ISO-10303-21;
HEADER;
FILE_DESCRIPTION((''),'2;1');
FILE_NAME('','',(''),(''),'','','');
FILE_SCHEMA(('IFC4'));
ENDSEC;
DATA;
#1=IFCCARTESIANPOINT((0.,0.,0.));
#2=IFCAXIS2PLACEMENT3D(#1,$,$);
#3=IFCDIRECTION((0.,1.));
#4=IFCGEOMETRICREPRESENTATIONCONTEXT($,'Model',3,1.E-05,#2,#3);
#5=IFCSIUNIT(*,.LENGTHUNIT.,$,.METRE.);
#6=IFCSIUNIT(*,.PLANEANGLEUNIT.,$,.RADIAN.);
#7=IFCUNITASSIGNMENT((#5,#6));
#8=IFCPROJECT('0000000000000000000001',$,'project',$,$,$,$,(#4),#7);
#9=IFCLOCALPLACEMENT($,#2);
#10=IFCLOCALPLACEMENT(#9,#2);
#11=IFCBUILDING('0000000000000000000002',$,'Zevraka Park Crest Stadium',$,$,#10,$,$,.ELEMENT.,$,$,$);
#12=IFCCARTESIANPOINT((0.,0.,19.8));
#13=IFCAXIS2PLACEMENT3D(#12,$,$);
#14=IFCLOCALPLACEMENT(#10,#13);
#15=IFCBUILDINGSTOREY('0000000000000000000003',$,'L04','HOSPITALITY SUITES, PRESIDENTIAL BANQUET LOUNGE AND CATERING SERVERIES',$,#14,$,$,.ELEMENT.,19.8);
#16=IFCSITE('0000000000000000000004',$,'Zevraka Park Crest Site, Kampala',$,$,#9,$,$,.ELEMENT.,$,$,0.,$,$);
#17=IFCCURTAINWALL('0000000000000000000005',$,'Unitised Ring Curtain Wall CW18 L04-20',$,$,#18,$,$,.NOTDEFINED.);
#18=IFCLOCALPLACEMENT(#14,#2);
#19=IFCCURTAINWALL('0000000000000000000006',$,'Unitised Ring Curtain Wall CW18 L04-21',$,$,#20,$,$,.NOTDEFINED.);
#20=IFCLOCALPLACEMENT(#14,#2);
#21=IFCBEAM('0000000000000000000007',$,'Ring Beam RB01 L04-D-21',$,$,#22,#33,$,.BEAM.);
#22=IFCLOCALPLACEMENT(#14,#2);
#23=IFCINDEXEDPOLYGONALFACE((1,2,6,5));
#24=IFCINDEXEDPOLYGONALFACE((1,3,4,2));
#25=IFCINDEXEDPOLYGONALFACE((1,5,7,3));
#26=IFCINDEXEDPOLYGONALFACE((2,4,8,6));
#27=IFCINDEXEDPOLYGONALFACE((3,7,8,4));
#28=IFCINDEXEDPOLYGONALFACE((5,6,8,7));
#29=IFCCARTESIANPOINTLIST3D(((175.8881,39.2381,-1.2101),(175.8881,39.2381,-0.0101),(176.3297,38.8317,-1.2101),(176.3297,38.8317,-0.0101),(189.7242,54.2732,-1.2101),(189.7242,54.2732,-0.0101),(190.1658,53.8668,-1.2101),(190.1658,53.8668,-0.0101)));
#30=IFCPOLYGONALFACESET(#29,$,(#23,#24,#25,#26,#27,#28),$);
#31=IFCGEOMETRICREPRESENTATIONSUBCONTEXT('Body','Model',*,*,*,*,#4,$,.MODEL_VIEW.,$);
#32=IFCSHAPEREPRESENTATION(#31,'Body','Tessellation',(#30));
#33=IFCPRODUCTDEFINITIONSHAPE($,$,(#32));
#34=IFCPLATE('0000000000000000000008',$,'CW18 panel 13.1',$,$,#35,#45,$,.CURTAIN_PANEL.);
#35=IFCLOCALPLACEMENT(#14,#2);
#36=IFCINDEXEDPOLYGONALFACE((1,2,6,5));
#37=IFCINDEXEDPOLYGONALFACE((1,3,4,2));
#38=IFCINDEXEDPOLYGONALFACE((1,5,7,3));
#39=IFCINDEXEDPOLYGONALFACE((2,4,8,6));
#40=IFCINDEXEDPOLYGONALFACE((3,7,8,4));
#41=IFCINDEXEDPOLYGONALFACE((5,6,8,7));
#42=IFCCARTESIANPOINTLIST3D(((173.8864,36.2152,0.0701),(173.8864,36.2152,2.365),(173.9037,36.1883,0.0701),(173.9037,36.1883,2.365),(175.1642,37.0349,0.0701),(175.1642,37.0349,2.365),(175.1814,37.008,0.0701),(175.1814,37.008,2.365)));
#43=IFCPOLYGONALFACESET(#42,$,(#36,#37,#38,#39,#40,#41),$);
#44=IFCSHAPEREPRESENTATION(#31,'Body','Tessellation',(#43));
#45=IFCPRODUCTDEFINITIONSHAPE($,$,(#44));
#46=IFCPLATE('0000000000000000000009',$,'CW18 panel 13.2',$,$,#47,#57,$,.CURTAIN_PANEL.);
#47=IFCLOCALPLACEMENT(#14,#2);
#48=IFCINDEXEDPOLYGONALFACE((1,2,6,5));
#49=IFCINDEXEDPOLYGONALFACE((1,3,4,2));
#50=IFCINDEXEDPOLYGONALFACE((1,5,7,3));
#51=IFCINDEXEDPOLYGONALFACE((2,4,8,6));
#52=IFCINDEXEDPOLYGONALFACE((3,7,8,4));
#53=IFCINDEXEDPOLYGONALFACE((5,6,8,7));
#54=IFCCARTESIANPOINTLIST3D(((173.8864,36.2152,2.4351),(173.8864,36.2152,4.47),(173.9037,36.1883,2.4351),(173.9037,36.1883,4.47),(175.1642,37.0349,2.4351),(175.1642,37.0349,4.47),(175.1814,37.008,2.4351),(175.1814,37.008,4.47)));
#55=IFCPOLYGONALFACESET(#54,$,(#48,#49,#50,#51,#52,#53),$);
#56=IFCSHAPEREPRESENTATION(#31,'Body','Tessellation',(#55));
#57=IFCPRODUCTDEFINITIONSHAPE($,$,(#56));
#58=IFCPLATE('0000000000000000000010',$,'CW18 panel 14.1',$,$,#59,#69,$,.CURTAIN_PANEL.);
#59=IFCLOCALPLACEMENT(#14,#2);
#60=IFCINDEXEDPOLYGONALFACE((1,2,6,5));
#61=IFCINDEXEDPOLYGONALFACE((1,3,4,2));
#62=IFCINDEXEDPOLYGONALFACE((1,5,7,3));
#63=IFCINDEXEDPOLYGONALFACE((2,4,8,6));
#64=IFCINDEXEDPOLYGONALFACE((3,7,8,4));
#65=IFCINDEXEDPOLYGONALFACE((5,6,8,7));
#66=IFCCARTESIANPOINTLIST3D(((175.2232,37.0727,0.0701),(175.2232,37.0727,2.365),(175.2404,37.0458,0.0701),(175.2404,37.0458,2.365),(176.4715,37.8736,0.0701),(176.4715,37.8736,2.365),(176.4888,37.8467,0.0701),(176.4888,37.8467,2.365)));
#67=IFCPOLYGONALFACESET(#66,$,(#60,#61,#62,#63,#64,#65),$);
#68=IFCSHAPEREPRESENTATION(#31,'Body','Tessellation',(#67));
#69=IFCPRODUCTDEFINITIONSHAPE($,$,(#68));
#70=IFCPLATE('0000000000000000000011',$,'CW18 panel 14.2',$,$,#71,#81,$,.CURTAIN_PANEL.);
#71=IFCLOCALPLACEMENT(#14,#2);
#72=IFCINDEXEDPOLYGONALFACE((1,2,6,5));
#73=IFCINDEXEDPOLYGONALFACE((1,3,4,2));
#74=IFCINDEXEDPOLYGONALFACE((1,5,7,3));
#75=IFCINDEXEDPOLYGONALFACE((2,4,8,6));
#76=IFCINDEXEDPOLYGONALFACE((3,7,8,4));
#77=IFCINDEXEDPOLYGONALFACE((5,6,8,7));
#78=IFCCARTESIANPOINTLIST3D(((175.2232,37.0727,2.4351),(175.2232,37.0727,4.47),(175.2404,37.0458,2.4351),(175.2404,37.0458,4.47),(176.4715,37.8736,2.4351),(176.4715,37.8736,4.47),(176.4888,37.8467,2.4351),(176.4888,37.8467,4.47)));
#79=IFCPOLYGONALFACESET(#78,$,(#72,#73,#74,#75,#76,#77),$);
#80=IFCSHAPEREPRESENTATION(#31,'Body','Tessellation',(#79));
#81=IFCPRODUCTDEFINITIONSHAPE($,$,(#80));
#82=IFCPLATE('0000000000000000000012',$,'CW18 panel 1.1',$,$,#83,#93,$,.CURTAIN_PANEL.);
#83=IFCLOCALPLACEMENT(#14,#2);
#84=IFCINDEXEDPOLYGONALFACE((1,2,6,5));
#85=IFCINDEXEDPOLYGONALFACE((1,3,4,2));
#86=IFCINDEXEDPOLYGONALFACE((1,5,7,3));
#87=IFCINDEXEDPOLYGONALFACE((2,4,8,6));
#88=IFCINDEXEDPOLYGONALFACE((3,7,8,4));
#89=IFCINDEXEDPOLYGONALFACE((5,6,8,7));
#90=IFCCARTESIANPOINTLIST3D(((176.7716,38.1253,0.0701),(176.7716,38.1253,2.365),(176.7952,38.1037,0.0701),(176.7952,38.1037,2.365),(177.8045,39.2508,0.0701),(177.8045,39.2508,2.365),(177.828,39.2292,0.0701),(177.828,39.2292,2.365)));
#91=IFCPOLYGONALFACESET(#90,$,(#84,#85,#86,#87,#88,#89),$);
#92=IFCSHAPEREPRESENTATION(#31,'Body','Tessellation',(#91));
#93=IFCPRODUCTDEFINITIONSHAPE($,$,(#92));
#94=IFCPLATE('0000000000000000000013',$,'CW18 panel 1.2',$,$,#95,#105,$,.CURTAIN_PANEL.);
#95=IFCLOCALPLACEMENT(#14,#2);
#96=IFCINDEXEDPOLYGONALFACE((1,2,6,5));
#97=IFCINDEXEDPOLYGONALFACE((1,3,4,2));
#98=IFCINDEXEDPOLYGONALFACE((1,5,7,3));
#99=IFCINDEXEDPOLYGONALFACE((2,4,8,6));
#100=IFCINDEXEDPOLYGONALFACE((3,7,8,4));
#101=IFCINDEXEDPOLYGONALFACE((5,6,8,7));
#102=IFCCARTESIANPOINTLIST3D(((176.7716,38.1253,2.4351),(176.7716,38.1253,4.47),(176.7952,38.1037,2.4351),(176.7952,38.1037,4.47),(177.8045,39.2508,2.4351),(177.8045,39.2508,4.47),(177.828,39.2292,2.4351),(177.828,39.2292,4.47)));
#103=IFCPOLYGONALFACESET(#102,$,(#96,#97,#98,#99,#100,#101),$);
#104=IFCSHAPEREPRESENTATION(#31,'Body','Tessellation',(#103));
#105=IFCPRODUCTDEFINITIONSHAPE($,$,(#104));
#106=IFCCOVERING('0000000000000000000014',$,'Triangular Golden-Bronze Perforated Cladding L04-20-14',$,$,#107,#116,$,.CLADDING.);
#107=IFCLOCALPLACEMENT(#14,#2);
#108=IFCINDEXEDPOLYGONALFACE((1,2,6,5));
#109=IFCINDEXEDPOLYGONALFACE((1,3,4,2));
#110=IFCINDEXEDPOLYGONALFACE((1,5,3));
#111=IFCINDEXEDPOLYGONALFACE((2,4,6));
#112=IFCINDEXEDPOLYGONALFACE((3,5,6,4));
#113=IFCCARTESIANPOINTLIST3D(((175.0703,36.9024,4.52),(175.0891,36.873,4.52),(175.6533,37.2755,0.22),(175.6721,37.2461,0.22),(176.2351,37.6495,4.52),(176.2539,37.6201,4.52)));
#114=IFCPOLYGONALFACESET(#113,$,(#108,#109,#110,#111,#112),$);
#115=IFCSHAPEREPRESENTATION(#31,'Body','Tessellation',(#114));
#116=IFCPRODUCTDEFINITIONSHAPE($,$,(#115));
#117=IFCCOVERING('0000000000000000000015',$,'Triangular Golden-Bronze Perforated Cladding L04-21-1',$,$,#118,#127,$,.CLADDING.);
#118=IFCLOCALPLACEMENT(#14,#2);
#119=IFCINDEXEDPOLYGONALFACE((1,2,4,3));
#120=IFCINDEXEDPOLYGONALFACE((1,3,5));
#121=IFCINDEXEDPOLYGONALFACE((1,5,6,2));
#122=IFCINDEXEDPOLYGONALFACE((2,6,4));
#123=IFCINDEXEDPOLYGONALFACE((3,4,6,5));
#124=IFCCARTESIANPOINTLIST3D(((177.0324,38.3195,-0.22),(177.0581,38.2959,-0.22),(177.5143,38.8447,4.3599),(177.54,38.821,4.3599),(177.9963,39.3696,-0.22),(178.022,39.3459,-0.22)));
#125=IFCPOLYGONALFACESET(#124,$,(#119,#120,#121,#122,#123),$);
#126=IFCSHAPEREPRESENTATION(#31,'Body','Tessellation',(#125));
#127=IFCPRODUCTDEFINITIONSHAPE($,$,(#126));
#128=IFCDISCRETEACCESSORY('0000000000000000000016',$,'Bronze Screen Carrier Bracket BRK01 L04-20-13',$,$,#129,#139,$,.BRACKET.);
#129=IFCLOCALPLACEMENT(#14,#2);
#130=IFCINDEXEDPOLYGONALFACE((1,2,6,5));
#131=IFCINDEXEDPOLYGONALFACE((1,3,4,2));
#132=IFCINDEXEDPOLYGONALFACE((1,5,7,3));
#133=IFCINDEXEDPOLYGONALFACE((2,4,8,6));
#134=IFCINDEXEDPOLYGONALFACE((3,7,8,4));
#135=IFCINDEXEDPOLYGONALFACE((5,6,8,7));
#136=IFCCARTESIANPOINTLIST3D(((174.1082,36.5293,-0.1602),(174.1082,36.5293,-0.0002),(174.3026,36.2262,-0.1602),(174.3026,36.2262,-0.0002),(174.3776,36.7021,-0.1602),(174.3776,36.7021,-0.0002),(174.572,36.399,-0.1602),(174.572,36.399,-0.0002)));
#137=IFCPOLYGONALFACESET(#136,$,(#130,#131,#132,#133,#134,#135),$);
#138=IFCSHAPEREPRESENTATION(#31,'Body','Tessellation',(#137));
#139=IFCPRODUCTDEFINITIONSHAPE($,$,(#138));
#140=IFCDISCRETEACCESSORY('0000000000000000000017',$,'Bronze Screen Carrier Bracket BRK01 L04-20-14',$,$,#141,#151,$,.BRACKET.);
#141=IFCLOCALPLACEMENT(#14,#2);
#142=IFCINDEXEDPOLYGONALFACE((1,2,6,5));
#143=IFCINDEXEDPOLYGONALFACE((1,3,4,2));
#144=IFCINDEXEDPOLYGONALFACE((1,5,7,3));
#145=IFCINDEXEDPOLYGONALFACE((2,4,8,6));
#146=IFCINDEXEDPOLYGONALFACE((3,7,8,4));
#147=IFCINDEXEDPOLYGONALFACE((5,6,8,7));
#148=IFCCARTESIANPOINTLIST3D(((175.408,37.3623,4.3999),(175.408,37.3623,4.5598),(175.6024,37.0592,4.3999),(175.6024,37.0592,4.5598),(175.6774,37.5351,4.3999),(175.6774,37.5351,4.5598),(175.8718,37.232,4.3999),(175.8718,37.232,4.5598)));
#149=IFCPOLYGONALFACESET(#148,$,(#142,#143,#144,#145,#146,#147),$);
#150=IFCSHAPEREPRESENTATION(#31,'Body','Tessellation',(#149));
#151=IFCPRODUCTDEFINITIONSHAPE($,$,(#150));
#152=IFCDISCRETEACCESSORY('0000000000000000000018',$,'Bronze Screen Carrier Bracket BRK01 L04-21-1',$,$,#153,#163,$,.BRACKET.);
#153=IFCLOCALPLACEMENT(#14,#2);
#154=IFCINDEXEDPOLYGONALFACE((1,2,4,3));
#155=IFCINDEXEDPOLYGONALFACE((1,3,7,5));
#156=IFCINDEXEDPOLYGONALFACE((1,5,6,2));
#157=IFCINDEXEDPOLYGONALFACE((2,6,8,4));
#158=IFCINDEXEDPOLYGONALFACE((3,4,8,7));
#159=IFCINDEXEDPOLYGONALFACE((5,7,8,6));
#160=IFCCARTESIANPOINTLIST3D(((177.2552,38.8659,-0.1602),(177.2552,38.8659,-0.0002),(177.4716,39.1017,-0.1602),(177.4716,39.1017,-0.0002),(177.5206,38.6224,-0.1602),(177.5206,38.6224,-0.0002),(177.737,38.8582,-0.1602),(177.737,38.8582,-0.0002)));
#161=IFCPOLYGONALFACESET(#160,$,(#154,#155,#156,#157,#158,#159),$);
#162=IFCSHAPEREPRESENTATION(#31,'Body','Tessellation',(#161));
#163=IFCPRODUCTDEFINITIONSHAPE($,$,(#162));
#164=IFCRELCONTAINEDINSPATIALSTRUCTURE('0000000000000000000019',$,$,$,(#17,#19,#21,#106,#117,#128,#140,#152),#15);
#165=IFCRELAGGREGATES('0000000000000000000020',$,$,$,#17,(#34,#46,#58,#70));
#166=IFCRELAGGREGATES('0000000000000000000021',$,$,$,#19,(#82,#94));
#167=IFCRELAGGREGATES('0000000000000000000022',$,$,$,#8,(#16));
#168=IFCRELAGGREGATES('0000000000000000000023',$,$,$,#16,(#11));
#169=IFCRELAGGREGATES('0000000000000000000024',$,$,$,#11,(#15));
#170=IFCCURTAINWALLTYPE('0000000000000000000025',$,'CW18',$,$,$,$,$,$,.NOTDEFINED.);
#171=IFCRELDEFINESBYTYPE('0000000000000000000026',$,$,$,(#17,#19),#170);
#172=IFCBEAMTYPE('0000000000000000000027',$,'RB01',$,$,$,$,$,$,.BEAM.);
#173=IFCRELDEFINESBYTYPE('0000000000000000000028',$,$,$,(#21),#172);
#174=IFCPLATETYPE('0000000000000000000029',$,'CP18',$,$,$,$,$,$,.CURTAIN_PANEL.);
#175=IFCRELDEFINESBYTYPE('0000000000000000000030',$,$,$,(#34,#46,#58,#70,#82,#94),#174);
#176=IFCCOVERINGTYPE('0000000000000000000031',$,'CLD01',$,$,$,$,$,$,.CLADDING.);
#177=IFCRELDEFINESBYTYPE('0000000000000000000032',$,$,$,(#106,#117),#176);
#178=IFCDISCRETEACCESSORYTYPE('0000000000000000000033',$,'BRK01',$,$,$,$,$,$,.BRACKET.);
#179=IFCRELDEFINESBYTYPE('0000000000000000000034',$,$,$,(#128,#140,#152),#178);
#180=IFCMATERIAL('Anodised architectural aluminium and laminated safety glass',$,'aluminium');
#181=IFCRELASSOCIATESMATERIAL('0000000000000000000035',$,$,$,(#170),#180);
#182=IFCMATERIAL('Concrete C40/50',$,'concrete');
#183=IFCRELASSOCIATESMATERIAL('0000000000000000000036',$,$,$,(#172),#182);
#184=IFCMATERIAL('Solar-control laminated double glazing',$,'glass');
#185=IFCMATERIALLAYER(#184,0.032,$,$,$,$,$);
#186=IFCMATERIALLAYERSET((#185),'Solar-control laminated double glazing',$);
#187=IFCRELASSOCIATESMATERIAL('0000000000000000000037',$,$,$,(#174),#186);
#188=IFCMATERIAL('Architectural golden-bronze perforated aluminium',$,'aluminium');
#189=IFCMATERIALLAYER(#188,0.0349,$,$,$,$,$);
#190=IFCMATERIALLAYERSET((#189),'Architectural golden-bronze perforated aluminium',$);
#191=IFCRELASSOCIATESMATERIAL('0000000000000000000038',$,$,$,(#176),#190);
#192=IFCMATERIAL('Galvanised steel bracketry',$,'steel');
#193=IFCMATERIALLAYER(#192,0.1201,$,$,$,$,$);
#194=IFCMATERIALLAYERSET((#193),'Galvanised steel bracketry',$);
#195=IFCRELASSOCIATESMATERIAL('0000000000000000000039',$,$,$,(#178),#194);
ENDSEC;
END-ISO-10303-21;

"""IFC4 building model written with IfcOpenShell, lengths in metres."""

from ifc_helpers import new_model, si_unit, direction, frame, origin, origin_2d, place, context, subcontext, project, spatial, polyline, rectangle, outline, extrude, material, layer, layer_set, material_profile, profile_set, type_object, element, aggregate, save


model = new_model("IFC4")

# Units and contexts
model_context = context("Model", 3, precision=1e-05, world=origin(), true_north=direction((0.0, 1.0)))
body_context = subcontext(model_context, "Body", "Model", "MODEL_VIEW")
ifc_project = project(units=[si_unit("LENGTHUNIT", "METRE"), si_unit("PLANEANGLEUNIT", "RADIAN")], contexts=[model_context])

# Site, building, storey
site_placement = place(None, origin())
site = spatial("IfcSite", under=ifc_project, at=site_placement, Name="Zevraka Park Crest Site, Kampala", CompositionType="ELEMENT", RefElevation=0.0)
building_placement = place(site_placement, origin())
building = spatial("IfcBuilding", under=site, at=building_placement, Name="Zevraka Park Crest Stadium", CompositionType="ELEMENT")
storey_placement = place(building_placement, frame((0.0, 0.0, 19.8)))
storey = spatial("IfcBuildingStorey", under=building, at=storey_placement, Name="L04", Description="HOSPITALITY SUITES, PRESIDENTIAL BANQUET LOUNGE AND CATERING SERVERIES", CompositionType="ELEMENT", Elevation=19.8)

# Curtain walls
ifc_material_1 = material(Name="Anodised architectural aluminium and laminated safety glass", Category="aluminium")
curtain_wall_type = type_object("IfcCurtainWallType", Name="CW18", PredefinedType="NOTDEFINED", material=ifc_material_1)
curtain_wall_1_placement = place(storey_placement, origin())
curtain_wall_1 = element("IfcCurtainWall", 1, at=curtain_wall_1_placement, inside=storey, type_object=curtain_wall_type, Name="Unitised Ring Curtain Wall CW18 L04-20", PredefinedType="NOTDEFINED")
curtain_wall_2_placement = place(storey_placement, origin())
curtain_wall_2 = element("IfcCurtainWall", 2, at=curtain_wall_2_placement, inside=storey, type_object=curtain_wall_type, Name="Unitised Ring Curtain Wall CW18 L04-21", PredefinedType="NOTDEFINED")

# Beam
ifc_material_2 = material(Name="Concrete C40/50", Category="concrete")
ifc_material_profile_1 = material_profile(ifc_material_2, rectangle(XDim=0.6001, YDim=1.2, at=origin_2d()), Name="RC 1200x600")
ifc_profile_set_1 = profile_set([ifc_material_profile_1], Name="Concrete C40/50")
beam_type = type_object("IfcBeamType", Name="RB01", PredefinedType="BEAM", material=ifc_profile_set_1)
beam_placement = place(storey_placement, frame((176.1089, 39.0349, -0.6101), z_axis=(0.677158, 0.735837, 0.0), x_axis=(-0.735837, 0.677158, 0.0)))
element("IfcBeam", 3, at=beam_placement, inside=storey, type_object=beam_type, Name="Ring Beam RB01 L04-D-21", PredefinedType="BEAM", context=body_context, shape_type="SweptSolid", body=[
    extrude(rectangle(XDim=0.6001, YDim=1.2, at=origin_2d()), origin(), (0.0, 0.0, 1.0), 20.4326),
])

# Plates
ifc_material_3 = material(Name="Solar-control laminated double glazing", Category="glass")
ifc_layer_1 = layer(ifc_material_3, 0.032)
ifc_layer_set_1 = layer_set([ifc_layer_1], Name="Solar-control laminated double glazing")
plate_type = type_object("IfcPlateType", Name="CP18", PredefinedType="CURTAIN_PANEL", material=ifc_layer_set_1)
plate_1_placement = place(storey_placement, frame((174.5339, 36.6116, 0.0701), z_axis=(0.0, 0.0, 1.0), x_axis=(0.841678, 0.53998, 0.0)))
plate_1 = element("IfcPlate", 4, at=plate_1_placement, type_object=plate_type, Name="CW18 panel 13.1", PredefinedType="CURTAIN_PANEL", context=body_context, shape_type="SweptSolid", body=[
    extrude(rectangle(XDim=1.5181, YDim=0.032, at=origin_2d()), origin(), (0.0, 0.0, 1.0), 2.2949),
])
plate_2_placement = place(storey_placement, frame((174.5339, 36.6116, 2.4351), z_axis=(0.0, 0.0, 1.0), x_axis=(0.841678, 0.53998, 0.0)))
plate_2 = element("IfcPlate", 5, at=plate_2_placement, type_object=plate_type, Name="CW18 panel 13.2", PredefinedType="CURTAIN_PANEL", context=body_context, shape_type="SweptSolid", body=[
    extrude(rectangle(XDim=1.5181, YDim=0.032, at=origin_2d()), origin(), (0.0, 0.0, 1.0), 2.0349),
])
plate_3_placement = place(storey_placement, frame((175.856, 37.4597, 0.0701), z_axis=(0.0, 0.0, 1.0), x_axis=(0.841678, 0.53998, 0.0)))
plate_3 = element("IfcPlate", 6, at=plate_3_placement, type_object=plate_type, Name="CW18 panel 14.1", PredefinedType="CURTAIN_PANEL", context=body_context, shape_type="SweptSolid", body=[
    extrude(rectangle(XDim=1.4832, YDim=0.032, at=origin_2d()), origin(), (0.0, 0.0, 1.0), 2.2949),
])
plate_4_placement = place(storey_placement, frame((175.856, 37.4597, 2.4351), z_axis=(0.0, 0.0, 1.0), x_axis=(0.841678, 0.53998, 0.0)))
plate_4 = element("IfcPlate", 7, at=plate_4_placement, type_object=plate_type, Name="CW18 panel 14.2", PredefinedType="CURTAIN_PANEL", context=body_context, shape_type="SweptSolid", body=[
    extrude(rectangle(XDim=1.4832, YDim=0.032, at=origin_2d()), origin(), (0.0, 0.0, 1.0), 2.0349),
])
aggregate(curtain_wall_1, [plate_1, plate_2, plate_3, plate_4])
plate_5_placement = place(storey_placement, frame((177.2998, 38.6772, 0.0701), z_axis=(0.0, 0.0, 1.0), x_axis=(0.676138, 0.736775, 0.0)))
plate_5 = element("IfcPlate", 8, at=plate_5_placement, type_object=plate_type, Name="CW18 panel 1.1", PredefinedType="CURTAIN_PANEL", context=body_context, shape_type="SweptSolid", body=[
    extrude(rectangle(XDim=1.5276, YDim=0.032, at=origin_2d()), origin(), (0.0, 0.0, 1.0), 2.2949),
])
plate_6_placement = place(storey_placement, frame((177.2998, 38.6772, 2.4351), z_axis=(0.0, 0.0, 1.0), x_axis=(0.676138, 0.736775, 0.0)))
plate_6 = element("IfcPlate", 9, at=plate_6_placement, type_object=plate_type, Name="CW18 panel 1.2", PredefinedType="CURTAIN_PANEL", context=body_context, shape_type="SweptSolid", body=[
    extrude(rectangle(XDim=1.5276, YDim=0.032, at=origin_2d()), origin(), (0.0, 0.0, 1.0), 2.0349),
])
aggregate(curtain_wall_2, [plate_5, plate_6])

# Coverings
ifc_material_4 = material(Name="Architectural golden-bronze perforated aluminium", Category="aluminium")
ifc_layer_2 = layer(ifc_material_4, 0.0349)
ifc_layer_set_2 = layer_set([ifc_layer_2], Name="Architectural golden-bronze perforated aluminium")
covering_type = type_object("IfcCoveringType", Name="CLD01", PredefinedType="CLADDING", material=ifc_layer_set_2)
covering_1_placement = place(storey_placement, frame((176.2539, 37.6201, 4.52), z_axis=(0.539875, -0.841746, 0.000172), x_axis=(-0.841746, -0.539875, 0.0)))
element("IfcCovering", 10, at=covering_1_placement, inside=storey, type_object=covering_type, Name="Triangular Golden-Bronze Perforated Cladding L04-20-14", PredefinedType="CLADDING", context=body_context, shape_type="SweptSolid", body=[
    extrude(outline(polyline([(0.0, 0.0), (1.3838, 0.0), (0.6916, 4.3), (0.0, 0.0)])), origin(), (0.0, 0.0, -1.0), 0.0349),
])
covering_2_placement = place(storey_placement, frame((177.0581, 38.2959, -0.22), z_axis=(0.736692, -0.676229, 0.000018), x_axis=(0.676229, 0.736692, 0.0)))
element("IfcCovering", 11, at=covering_2_placement, inside=storey, type_object=covering_type, Name="Triangular Golden-Bronze Perforated Cladding L04-21-1", PredefinedType="CLADDING", context=body_context, shape_type="SweptSolid", body=[
    extrude(outline(polyline([(0.0, 0.0), (1.4254, 0.0), (0.7128, 4.5798), (0.0, 0.0)])), origin(), (0.0, 0.0, -1.0), 0.0349),
])

# Discrete accessories
ifc_material_5 = material(Name="Galvanised steel bracketry", Category="steel")
ifc_layer_3 = layer(ifc_material_5, 0.1201)
ifc_layer_set_3 = layer_set([ifc_layer_3], Name="Galvanised steel bracketry")
discrete_accessory_type = type_object("IfcDiscreteAccessoryType", Name="BRK01", PredefinedType="BRACKET", material=ifc_layer_set_3)
for number, where, z_axis, x_axis, name in (
    (12, (174.3401, 36.4641, -0.1602), (0.0, 0.0, 1.0), (0.841699, 0.539947, 0.0), "Bronze Screen Carrier Bracket BRK01 L04-20-13"),
    (13, (175.6399, 37.2971, 4.3999), (0.0, 0.0, 1.0), (0.841699, 0.539947, 0.0), "Bronze Screen Carrier Bracket BRK01 L04-20-14"),
    (14, (177.4961, 38.8621, -0.1602), (0.0, 0.0, 1.0), (0.676105, 0.736806, 0.0), "Bronze Screen Carrier Bracket BRK01 L04-21-1"),
):
    element("IfcDiscreteAccessory", number, at=place(storey_placement, frame(where, z_axis=z_axis, x_axis=x_axis)), inside=storey, type_object=discrete_accessory_type, Name=name, PredefinedType="BRACKET", context=body_context, shape_type="SweptSolid", body=[
        extrude(rectangle(XDim=0.3201, YDim=0.3601, at=origin_2d()), origin(), (0.0, 0.0, 1.0), 0.1599),
    ])

save(model, "model.ifc")
